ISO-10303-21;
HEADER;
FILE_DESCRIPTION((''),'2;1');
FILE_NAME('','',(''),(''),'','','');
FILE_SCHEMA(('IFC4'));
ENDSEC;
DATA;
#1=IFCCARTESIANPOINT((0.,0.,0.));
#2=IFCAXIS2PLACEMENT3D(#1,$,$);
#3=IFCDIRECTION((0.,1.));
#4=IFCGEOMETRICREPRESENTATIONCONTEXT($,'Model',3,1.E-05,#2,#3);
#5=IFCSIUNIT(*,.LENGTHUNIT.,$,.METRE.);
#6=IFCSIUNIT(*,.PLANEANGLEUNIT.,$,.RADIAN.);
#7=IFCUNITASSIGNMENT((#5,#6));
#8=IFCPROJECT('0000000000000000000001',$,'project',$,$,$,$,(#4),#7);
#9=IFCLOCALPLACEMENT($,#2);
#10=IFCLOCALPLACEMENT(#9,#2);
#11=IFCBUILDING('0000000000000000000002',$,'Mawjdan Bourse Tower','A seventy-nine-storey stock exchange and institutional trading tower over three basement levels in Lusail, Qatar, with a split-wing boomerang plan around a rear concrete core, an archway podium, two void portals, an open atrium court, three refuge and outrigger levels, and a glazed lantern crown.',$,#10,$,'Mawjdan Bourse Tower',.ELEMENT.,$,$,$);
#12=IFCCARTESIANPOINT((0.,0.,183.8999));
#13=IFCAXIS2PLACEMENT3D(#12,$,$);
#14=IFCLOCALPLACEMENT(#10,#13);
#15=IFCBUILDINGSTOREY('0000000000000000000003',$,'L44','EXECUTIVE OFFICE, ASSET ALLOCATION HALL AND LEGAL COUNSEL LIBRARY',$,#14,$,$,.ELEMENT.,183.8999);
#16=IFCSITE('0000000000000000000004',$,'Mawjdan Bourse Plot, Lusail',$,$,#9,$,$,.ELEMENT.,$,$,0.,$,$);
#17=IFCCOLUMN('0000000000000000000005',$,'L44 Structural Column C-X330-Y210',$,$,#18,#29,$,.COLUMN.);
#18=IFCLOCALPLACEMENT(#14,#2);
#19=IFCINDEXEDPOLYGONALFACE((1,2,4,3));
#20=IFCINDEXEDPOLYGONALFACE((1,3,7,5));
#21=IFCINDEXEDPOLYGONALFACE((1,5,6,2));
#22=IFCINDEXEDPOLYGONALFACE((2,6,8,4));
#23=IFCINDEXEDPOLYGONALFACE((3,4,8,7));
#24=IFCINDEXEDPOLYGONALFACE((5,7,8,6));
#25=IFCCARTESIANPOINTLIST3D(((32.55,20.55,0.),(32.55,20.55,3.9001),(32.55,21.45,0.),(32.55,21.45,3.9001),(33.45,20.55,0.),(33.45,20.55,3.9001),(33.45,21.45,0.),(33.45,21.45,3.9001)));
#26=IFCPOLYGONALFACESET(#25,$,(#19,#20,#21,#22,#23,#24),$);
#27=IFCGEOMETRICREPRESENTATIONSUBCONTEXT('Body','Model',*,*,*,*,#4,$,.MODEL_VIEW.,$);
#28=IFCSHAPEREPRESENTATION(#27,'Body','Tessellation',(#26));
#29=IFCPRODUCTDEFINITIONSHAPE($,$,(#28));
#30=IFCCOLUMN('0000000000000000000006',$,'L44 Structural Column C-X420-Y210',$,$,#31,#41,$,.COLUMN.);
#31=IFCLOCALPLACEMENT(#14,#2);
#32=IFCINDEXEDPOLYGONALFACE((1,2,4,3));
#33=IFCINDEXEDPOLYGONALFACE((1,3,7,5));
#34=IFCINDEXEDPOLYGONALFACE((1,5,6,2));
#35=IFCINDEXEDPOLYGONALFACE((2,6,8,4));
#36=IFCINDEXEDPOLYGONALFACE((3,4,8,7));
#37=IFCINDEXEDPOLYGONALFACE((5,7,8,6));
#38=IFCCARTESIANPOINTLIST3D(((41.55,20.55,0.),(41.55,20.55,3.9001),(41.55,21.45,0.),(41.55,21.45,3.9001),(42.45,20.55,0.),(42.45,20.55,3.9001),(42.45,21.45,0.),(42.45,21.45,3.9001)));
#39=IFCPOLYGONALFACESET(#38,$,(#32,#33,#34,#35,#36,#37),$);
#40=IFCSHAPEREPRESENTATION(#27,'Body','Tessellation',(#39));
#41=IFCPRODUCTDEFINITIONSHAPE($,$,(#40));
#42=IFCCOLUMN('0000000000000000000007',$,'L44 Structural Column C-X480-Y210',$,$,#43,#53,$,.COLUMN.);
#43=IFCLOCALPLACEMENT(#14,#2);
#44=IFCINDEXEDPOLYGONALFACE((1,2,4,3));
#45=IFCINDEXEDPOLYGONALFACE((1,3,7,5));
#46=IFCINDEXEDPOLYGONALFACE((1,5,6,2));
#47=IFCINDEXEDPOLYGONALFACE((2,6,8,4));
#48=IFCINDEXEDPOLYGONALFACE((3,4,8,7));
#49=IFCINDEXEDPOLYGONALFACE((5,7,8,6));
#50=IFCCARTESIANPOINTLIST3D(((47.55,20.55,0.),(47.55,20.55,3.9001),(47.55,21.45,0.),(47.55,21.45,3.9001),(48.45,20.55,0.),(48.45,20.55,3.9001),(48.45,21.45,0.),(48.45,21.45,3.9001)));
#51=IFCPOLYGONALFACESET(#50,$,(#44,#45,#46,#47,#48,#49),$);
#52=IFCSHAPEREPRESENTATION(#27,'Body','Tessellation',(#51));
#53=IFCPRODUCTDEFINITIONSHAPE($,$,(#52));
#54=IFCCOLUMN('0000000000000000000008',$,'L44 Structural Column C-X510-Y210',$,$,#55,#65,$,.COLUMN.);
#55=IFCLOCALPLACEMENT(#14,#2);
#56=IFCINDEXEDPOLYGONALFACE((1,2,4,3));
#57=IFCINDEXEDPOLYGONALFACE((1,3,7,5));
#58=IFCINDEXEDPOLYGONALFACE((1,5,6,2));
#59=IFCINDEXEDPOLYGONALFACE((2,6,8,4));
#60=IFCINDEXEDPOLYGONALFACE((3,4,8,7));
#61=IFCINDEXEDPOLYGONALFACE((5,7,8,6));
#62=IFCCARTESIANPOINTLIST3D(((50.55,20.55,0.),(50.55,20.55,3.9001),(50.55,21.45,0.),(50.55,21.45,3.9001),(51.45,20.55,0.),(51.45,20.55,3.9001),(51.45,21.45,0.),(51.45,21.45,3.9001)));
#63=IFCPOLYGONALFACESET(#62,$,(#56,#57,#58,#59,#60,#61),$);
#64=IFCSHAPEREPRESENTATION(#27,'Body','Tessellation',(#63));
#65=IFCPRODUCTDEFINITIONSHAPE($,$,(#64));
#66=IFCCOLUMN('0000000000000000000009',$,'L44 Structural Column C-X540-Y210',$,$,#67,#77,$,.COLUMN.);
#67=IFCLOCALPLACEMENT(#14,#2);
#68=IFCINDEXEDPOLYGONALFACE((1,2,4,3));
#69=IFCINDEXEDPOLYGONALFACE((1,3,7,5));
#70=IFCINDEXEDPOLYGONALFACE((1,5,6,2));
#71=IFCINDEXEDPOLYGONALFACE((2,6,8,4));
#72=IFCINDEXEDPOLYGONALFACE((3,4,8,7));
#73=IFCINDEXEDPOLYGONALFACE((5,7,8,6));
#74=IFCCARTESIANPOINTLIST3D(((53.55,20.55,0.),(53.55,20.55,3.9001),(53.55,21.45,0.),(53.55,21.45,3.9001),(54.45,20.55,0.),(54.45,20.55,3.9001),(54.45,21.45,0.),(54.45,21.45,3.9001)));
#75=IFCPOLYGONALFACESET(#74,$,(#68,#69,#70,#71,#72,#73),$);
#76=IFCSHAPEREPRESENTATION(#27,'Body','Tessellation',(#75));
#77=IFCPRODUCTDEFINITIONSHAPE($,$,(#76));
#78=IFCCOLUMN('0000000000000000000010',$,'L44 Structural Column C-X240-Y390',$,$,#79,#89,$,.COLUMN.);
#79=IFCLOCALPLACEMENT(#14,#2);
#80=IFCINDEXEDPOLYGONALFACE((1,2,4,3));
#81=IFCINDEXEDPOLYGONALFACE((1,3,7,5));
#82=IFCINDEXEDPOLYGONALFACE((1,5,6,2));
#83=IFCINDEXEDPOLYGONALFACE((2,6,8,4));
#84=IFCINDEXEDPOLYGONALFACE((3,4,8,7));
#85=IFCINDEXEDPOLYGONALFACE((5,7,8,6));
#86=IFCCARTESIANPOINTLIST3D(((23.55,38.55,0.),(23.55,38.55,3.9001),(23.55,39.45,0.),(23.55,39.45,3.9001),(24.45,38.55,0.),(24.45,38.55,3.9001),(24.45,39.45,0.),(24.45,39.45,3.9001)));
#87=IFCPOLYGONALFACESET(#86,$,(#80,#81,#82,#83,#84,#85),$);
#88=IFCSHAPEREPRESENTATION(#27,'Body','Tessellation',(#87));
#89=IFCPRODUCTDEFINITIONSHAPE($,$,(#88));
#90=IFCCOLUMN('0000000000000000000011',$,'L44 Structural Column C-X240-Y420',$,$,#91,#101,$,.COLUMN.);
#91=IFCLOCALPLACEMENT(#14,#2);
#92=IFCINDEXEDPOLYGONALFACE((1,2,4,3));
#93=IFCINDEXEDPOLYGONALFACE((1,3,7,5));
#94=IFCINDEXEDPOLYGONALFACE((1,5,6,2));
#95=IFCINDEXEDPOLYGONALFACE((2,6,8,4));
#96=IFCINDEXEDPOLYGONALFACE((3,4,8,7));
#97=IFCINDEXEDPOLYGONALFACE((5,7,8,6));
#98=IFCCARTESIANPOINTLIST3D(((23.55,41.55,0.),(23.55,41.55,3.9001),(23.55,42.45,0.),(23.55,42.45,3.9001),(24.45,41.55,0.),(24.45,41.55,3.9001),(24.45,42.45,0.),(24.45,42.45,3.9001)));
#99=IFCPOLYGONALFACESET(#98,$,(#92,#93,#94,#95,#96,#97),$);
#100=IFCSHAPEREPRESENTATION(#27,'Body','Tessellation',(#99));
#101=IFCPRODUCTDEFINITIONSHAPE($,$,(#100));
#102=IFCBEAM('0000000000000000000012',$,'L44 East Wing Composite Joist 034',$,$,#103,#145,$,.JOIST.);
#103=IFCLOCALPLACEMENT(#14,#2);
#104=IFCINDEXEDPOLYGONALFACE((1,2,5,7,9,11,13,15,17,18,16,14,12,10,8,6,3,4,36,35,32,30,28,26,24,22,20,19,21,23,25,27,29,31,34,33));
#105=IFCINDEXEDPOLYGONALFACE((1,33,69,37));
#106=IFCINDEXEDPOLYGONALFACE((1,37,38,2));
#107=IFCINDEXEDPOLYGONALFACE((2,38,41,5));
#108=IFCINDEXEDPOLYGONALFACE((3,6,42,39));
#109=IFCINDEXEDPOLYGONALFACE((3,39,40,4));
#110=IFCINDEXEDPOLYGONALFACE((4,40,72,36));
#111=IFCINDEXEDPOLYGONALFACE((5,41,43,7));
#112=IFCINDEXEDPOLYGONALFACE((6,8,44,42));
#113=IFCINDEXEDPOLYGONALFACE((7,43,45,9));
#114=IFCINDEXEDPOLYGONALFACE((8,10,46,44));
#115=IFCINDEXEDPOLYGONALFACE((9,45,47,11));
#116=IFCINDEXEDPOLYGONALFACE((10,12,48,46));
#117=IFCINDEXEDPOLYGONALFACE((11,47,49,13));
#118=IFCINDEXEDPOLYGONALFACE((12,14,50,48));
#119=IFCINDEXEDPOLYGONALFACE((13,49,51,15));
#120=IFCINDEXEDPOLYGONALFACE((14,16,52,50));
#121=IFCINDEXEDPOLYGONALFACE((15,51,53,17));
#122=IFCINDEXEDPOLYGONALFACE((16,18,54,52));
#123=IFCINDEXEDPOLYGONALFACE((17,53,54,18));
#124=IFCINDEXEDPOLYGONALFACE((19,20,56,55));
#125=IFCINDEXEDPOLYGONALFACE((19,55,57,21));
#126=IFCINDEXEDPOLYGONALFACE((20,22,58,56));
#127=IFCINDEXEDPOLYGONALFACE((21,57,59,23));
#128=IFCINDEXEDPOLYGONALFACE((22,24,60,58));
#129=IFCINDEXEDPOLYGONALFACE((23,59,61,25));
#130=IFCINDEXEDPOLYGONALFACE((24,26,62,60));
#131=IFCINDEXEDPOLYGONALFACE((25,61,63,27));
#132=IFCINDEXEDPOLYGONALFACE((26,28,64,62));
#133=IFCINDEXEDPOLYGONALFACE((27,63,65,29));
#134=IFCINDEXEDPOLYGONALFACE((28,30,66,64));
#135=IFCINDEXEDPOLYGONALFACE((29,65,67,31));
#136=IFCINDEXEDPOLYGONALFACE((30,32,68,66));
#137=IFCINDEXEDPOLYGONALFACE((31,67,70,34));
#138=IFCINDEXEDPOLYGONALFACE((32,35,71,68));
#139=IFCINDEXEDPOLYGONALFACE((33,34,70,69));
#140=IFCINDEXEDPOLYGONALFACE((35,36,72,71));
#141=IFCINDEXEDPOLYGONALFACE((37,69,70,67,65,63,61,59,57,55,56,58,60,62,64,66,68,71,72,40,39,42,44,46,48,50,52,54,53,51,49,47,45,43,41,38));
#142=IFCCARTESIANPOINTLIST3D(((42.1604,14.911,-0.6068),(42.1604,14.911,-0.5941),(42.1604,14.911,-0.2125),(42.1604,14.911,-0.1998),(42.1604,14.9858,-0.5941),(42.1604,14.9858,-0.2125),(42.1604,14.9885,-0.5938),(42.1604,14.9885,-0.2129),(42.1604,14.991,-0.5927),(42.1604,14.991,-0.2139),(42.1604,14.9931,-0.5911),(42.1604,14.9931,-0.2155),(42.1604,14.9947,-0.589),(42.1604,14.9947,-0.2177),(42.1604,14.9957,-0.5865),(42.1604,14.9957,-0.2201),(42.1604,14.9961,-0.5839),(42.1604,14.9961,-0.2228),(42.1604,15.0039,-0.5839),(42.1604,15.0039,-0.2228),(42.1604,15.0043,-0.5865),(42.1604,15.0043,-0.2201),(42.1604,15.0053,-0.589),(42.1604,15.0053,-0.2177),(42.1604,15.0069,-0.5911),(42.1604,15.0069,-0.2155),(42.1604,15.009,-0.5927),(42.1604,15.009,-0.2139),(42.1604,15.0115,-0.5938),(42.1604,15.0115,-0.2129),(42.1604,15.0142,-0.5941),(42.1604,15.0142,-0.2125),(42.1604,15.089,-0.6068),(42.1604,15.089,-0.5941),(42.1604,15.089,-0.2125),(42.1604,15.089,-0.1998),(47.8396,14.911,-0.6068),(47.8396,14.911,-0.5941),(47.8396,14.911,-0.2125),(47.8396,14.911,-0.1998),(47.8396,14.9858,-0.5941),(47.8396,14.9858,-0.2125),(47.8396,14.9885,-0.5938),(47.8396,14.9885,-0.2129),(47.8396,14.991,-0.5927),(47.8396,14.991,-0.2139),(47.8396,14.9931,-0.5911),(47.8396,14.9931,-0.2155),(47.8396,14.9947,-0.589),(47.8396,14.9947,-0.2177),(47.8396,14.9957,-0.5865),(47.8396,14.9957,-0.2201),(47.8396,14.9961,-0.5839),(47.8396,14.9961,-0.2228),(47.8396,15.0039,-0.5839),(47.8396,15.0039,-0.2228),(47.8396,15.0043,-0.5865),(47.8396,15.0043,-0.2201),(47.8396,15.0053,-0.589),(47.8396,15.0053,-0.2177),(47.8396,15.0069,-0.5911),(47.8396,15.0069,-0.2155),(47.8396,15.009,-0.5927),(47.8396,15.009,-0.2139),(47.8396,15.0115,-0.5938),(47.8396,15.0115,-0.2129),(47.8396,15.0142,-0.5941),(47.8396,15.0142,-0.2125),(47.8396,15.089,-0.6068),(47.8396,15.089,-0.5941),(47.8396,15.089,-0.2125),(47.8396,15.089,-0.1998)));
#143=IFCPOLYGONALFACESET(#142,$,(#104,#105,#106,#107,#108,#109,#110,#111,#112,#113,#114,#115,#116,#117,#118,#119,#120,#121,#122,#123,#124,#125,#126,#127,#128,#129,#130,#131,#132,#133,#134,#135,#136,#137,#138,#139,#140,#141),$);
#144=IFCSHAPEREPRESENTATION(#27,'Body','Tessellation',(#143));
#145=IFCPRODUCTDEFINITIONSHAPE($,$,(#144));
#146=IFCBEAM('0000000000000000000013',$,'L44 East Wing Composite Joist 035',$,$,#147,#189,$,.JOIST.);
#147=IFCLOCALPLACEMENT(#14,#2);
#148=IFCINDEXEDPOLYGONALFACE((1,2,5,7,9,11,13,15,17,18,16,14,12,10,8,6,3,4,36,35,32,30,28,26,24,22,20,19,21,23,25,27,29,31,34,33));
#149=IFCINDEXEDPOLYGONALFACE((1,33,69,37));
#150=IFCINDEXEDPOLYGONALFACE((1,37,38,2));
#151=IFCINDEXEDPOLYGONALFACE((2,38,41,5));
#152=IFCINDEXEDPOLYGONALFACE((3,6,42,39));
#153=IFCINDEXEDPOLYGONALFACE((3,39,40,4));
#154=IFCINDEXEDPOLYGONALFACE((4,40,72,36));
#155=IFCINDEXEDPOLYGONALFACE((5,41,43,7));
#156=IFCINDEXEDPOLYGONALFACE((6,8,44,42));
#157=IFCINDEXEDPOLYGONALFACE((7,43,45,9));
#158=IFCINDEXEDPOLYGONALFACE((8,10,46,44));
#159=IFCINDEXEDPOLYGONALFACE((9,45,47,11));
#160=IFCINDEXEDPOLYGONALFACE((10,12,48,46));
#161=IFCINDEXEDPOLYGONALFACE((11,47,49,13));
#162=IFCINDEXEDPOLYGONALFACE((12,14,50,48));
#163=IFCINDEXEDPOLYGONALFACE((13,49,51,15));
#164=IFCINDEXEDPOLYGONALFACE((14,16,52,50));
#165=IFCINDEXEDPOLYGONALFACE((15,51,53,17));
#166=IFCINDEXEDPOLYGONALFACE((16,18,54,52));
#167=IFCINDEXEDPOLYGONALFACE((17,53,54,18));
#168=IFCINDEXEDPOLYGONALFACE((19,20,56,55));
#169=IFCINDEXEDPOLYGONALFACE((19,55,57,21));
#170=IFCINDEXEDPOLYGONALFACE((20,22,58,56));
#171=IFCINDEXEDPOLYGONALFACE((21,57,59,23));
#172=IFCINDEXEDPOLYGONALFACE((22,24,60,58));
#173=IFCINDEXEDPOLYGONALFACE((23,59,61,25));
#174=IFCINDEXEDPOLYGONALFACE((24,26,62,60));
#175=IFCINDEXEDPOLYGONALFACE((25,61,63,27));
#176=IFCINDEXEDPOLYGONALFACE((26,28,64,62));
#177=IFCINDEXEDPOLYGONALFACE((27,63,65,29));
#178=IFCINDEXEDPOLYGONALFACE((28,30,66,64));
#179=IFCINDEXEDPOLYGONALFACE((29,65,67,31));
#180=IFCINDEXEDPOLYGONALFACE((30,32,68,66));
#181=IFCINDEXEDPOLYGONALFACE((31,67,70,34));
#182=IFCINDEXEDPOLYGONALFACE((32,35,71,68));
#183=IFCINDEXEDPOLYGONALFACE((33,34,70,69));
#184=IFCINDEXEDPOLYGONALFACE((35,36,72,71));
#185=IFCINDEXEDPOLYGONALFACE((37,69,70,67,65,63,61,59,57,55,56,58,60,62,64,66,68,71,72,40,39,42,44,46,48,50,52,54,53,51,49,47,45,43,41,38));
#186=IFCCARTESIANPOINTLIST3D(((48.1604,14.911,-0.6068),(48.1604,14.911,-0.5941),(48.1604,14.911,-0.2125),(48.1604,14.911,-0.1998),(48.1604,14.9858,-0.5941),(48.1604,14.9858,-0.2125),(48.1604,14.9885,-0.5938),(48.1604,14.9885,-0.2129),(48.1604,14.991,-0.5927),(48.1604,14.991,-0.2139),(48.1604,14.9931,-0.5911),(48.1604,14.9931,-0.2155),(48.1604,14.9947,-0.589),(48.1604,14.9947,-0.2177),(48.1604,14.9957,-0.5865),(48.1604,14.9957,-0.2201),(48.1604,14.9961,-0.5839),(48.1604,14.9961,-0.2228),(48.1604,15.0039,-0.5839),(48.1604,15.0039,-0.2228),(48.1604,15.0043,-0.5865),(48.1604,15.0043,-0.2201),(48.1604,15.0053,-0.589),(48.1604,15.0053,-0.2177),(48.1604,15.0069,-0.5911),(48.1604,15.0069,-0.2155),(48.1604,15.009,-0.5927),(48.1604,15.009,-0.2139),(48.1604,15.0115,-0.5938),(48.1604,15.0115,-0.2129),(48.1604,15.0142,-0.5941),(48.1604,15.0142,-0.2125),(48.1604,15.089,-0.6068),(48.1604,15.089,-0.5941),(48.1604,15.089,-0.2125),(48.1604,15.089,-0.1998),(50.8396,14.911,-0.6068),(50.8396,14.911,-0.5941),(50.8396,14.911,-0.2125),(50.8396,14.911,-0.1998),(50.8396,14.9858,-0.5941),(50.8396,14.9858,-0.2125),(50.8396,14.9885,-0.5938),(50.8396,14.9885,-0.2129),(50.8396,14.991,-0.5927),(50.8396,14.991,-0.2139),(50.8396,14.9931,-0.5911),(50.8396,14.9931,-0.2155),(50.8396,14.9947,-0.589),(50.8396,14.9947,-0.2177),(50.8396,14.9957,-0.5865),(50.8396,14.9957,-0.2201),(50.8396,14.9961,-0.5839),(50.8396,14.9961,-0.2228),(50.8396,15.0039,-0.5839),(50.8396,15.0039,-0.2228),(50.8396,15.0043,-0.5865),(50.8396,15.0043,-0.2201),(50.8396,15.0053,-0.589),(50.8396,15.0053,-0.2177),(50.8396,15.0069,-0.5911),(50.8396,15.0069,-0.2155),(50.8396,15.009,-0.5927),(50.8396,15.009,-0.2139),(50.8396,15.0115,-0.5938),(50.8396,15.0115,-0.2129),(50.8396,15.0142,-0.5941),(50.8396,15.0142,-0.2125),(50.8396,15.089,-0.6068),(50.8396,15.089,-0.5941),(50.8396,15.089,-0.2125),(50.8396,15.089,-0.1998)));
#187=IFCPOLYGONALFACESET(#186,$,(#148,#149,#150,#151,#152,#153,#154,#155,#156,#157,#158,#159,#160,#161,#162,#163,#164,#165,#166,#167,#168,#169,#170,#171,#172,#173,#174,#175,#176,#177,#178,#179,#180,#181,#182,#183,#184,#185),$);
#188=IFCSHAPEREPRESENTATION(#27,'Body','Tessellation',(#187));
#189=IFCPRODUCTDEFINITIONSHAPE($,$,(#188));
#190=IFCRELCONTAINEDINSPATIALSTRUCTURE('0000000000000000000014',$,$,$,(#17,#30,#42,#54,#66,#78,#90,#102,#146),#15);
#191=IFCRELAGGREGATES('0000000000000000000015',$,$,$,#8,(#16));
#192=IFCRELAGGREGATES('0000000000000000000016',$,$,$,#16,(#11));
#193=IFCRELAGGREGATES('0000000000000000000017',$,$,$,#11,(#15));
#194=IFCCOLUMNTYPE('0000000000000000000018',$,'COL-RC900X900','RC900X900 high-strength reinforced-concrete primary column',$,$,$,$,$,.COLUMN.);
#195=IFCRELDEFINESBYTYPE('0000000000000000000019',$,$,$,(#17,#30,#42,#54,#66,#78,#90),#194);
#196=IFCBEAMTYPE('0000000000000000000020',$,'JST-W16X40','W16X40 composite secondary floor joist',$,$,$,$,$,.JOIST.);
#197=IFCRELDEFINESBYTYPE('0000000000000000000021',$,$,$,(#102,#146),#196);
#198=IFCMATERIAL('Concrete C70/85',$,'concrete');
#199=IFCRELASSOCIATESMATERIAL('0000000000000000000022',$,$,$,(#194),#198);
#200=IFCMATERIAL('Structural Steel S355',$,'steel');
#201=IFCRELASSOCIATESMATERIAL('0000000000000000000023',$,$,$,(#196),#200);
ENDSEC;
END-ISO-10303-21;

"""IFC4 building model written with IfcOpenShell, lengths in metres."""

from ifc_helpers import new_model, si_unit, direction, frame, origin, origin_2d, place, context, subcontext, project, spatial, rectangle, i_section, extrude, material, material_profile, profile_set, type_object, element, save


model = new_model("IFC4")

# Units and contexts
model_context = context("Model", 3, precision=1e-05, world=origin(), true_north=direction((0.0, 1.0)))
body_context = subcontext(model_context, "Body", "Model", "MODEL_VIEW")
ifc_project = project(units=[si_unit("LENGTHUNIT", "METRE"), si_unit("PLANEANGLEUNIT", "RADIAN")], contexts=[model_context])

# Site, building, storey
site_placement = place(None, origin())
site = spatial("IfcSite", under=ifc_project, at=site_placement, Name="Mawjdan Bourse Plot, Lusail", CompositionType="ELEMENT", RefElevation=0.0)
building_placement = place(site_placement, origin())
building = spatial("IfcBuilding", under=site, at=building_placement, Name="Mawjdan Bourse Tower", Description="A seventy-nine-storey stock exchange and institutional trading tower over three basement levels in Lusail, Qatar, with a split-wing boomerang plan around a rear concrete core, an archway podium, two void portals, an open atrium court, three refuge and outrigger levels, and a glazed lantern crown.", LongName="Mawjdan Bourse Tower", CompositionType="ELEMENT")
storey_placement = place(building_placement, frame((0.0, 0.0, 183.8999)))
storey = spatial("IfcBuildingStorey", under=building, at=storey_placement, Name="L44", Description="EXECUTIVE OFFICE, ASSET ALLOCATION HALL AND LEGAL COUNSEL LIBRARY", CompositionType="ELEMENT", Elevation=183.8999)

# Columns
ifc_material_1 = material(Name="Concrete C70/85", Category="concrete")
ifc_material_profile_1 = material_profile(ifc_material_1, rectangle(XDim=0.8999, YDim=0.8999, at=origin_2d()), Name="RC900X900")
ifc_profile_set_1 = profile_set([ifc_material_profile_1], Name="Concrete C70/85")
column_type = type_object("IfcColumnType", Name="COL-RC900X900", Description="RC900X900 high-strength reinforced-concrete primary column", PredefinedType="COLUMN", material=ifc_profile_set_1)
for number, where, z_axis, x_axis, name in (
    (1, (33.0, 21.0, 0.0), (0.0, 0.0, 1.0), (1.0, 0.0, 0.0), "L44 Structural Column C-X330-Y210"),
    (2, (42.0, 21.0, 0.0), (0.0, 0.0, 1.0), (1.0, 0.0, 0.0), "L44 Structural Column C-X420-Y210"),
    (3, (48.0, 21.0, 0.0), (0.0, 0.0, 1.0), (1.0, 0.0, 0.0), "L44 Structural Column C-X480-Y210"),
    (4, (51.0, 21.0, 0.0), (0.0, 0.0, 1.0), (1.0, 0.0, 0.0), "L44 Structural Column C-X510-Y210"),
    (5, (54.0, 21.0, 0.0), (0.0, 0.0, 1.0), (1.0, 0.0, 0.0), "L44 Structural Column C-X540-Y210"),
    (6, (24.0, 39.0, 0.0), (0.0, 0.0, 1.0), (1.0, 0.0, 0.0), "L44 Structural Column C-X240-Y390"),
    (7, (24.0, 42.0, 0.0), (0.0, 0.0, 1.0), (1.0, 0.0, 0.0), "L44 Structural Column C-X240-Y420"),
):
    element("IfcColumn", number, at=place(storey_placement, frame(where, z_axis=z_axis, x_axis=x_axis)), inside=storey, type_object=column_type, Name=name, PredefinedType="COLUMN", context=body_context, shape_type="SweptSolid", body=[
        extrude(rectangle(XDim=0.8999, YDim=0.8999, at=origin_2d()), origin(), (0.0, 0.0, 1.0), 3.9001),
    ])

# Beams
ifc_material_2 = material(Name="Structural Steel S355", Category="steel")
ifc_material_profile_2 = material_profile(ifc_material_2, i_section(OverallWidth=0.178, OverallDepth=0.407, WebThickness=0.0078, FlangeThickness=0.0127, FilletRadius=0.0103, at=origin_2d()), Name="W16X40")
ifc_profile_set_2 = profile_set([ifc_material_profile_2], Name="Structural Steel S355")
beam_type_1 = type_object("IfcBeamType", Name="JST-W16X40", Description="W16X40 composite secondary floor joist", PredefinedType="JOIST", material=ifc_profile_set_2)
beam_1_placement = place(storey_placement, frame((42.1604, 15.0, -0.4033), z_axis=(1.0, 0.0, 0.0), x_axis=(0.0, 1.0, 0.0)))
element("IfcBeam", 8, at=beam_1_placement, inside=storey, type_object=beam_type_1, Name="L44 East Wing Composite Joist 034", PredefinedType="JOIST", context=body_context, shape_type="SweptSolid", body=[
    extrude(i_section(OverallWidth=0.178, OverallDepth=0.407, WebThickness=0.0078, FlangeThickness=0.0127, FilletRadius=0.0103, at=origin_2d()), origin(), (0.0, 0.0, 1.0), 5.6792),
])
for number, where, z_axis, x_axis, name in (
    (9, (48.1604, 15.0, -0.4033), (1.0, 0.0, 0.0), (0.0, 1.0, 0.0), "L44 East Wing Composite Joist 035"),
):
    element("IfcBeam", number, at=place(storey_placement, frame(where, z_axis=z_axis, x_axis=x_axis)), inside=storey, type_object=beam_type_1, Name=name, PredefinedType="JOIST", context=body_context, shape_type="SweptSolid", body=[
        extrude(i_section(OverallWidth=0.178, OverallDepth=0.407, WebThickness=0.0078, FlangeThickness=0.0127, FilletRadius=0.0103, at=origin_2d()), origin(), (0.0, 0.0, 1.0), 2.6792),
    ])

save(model, "model.ifc")
